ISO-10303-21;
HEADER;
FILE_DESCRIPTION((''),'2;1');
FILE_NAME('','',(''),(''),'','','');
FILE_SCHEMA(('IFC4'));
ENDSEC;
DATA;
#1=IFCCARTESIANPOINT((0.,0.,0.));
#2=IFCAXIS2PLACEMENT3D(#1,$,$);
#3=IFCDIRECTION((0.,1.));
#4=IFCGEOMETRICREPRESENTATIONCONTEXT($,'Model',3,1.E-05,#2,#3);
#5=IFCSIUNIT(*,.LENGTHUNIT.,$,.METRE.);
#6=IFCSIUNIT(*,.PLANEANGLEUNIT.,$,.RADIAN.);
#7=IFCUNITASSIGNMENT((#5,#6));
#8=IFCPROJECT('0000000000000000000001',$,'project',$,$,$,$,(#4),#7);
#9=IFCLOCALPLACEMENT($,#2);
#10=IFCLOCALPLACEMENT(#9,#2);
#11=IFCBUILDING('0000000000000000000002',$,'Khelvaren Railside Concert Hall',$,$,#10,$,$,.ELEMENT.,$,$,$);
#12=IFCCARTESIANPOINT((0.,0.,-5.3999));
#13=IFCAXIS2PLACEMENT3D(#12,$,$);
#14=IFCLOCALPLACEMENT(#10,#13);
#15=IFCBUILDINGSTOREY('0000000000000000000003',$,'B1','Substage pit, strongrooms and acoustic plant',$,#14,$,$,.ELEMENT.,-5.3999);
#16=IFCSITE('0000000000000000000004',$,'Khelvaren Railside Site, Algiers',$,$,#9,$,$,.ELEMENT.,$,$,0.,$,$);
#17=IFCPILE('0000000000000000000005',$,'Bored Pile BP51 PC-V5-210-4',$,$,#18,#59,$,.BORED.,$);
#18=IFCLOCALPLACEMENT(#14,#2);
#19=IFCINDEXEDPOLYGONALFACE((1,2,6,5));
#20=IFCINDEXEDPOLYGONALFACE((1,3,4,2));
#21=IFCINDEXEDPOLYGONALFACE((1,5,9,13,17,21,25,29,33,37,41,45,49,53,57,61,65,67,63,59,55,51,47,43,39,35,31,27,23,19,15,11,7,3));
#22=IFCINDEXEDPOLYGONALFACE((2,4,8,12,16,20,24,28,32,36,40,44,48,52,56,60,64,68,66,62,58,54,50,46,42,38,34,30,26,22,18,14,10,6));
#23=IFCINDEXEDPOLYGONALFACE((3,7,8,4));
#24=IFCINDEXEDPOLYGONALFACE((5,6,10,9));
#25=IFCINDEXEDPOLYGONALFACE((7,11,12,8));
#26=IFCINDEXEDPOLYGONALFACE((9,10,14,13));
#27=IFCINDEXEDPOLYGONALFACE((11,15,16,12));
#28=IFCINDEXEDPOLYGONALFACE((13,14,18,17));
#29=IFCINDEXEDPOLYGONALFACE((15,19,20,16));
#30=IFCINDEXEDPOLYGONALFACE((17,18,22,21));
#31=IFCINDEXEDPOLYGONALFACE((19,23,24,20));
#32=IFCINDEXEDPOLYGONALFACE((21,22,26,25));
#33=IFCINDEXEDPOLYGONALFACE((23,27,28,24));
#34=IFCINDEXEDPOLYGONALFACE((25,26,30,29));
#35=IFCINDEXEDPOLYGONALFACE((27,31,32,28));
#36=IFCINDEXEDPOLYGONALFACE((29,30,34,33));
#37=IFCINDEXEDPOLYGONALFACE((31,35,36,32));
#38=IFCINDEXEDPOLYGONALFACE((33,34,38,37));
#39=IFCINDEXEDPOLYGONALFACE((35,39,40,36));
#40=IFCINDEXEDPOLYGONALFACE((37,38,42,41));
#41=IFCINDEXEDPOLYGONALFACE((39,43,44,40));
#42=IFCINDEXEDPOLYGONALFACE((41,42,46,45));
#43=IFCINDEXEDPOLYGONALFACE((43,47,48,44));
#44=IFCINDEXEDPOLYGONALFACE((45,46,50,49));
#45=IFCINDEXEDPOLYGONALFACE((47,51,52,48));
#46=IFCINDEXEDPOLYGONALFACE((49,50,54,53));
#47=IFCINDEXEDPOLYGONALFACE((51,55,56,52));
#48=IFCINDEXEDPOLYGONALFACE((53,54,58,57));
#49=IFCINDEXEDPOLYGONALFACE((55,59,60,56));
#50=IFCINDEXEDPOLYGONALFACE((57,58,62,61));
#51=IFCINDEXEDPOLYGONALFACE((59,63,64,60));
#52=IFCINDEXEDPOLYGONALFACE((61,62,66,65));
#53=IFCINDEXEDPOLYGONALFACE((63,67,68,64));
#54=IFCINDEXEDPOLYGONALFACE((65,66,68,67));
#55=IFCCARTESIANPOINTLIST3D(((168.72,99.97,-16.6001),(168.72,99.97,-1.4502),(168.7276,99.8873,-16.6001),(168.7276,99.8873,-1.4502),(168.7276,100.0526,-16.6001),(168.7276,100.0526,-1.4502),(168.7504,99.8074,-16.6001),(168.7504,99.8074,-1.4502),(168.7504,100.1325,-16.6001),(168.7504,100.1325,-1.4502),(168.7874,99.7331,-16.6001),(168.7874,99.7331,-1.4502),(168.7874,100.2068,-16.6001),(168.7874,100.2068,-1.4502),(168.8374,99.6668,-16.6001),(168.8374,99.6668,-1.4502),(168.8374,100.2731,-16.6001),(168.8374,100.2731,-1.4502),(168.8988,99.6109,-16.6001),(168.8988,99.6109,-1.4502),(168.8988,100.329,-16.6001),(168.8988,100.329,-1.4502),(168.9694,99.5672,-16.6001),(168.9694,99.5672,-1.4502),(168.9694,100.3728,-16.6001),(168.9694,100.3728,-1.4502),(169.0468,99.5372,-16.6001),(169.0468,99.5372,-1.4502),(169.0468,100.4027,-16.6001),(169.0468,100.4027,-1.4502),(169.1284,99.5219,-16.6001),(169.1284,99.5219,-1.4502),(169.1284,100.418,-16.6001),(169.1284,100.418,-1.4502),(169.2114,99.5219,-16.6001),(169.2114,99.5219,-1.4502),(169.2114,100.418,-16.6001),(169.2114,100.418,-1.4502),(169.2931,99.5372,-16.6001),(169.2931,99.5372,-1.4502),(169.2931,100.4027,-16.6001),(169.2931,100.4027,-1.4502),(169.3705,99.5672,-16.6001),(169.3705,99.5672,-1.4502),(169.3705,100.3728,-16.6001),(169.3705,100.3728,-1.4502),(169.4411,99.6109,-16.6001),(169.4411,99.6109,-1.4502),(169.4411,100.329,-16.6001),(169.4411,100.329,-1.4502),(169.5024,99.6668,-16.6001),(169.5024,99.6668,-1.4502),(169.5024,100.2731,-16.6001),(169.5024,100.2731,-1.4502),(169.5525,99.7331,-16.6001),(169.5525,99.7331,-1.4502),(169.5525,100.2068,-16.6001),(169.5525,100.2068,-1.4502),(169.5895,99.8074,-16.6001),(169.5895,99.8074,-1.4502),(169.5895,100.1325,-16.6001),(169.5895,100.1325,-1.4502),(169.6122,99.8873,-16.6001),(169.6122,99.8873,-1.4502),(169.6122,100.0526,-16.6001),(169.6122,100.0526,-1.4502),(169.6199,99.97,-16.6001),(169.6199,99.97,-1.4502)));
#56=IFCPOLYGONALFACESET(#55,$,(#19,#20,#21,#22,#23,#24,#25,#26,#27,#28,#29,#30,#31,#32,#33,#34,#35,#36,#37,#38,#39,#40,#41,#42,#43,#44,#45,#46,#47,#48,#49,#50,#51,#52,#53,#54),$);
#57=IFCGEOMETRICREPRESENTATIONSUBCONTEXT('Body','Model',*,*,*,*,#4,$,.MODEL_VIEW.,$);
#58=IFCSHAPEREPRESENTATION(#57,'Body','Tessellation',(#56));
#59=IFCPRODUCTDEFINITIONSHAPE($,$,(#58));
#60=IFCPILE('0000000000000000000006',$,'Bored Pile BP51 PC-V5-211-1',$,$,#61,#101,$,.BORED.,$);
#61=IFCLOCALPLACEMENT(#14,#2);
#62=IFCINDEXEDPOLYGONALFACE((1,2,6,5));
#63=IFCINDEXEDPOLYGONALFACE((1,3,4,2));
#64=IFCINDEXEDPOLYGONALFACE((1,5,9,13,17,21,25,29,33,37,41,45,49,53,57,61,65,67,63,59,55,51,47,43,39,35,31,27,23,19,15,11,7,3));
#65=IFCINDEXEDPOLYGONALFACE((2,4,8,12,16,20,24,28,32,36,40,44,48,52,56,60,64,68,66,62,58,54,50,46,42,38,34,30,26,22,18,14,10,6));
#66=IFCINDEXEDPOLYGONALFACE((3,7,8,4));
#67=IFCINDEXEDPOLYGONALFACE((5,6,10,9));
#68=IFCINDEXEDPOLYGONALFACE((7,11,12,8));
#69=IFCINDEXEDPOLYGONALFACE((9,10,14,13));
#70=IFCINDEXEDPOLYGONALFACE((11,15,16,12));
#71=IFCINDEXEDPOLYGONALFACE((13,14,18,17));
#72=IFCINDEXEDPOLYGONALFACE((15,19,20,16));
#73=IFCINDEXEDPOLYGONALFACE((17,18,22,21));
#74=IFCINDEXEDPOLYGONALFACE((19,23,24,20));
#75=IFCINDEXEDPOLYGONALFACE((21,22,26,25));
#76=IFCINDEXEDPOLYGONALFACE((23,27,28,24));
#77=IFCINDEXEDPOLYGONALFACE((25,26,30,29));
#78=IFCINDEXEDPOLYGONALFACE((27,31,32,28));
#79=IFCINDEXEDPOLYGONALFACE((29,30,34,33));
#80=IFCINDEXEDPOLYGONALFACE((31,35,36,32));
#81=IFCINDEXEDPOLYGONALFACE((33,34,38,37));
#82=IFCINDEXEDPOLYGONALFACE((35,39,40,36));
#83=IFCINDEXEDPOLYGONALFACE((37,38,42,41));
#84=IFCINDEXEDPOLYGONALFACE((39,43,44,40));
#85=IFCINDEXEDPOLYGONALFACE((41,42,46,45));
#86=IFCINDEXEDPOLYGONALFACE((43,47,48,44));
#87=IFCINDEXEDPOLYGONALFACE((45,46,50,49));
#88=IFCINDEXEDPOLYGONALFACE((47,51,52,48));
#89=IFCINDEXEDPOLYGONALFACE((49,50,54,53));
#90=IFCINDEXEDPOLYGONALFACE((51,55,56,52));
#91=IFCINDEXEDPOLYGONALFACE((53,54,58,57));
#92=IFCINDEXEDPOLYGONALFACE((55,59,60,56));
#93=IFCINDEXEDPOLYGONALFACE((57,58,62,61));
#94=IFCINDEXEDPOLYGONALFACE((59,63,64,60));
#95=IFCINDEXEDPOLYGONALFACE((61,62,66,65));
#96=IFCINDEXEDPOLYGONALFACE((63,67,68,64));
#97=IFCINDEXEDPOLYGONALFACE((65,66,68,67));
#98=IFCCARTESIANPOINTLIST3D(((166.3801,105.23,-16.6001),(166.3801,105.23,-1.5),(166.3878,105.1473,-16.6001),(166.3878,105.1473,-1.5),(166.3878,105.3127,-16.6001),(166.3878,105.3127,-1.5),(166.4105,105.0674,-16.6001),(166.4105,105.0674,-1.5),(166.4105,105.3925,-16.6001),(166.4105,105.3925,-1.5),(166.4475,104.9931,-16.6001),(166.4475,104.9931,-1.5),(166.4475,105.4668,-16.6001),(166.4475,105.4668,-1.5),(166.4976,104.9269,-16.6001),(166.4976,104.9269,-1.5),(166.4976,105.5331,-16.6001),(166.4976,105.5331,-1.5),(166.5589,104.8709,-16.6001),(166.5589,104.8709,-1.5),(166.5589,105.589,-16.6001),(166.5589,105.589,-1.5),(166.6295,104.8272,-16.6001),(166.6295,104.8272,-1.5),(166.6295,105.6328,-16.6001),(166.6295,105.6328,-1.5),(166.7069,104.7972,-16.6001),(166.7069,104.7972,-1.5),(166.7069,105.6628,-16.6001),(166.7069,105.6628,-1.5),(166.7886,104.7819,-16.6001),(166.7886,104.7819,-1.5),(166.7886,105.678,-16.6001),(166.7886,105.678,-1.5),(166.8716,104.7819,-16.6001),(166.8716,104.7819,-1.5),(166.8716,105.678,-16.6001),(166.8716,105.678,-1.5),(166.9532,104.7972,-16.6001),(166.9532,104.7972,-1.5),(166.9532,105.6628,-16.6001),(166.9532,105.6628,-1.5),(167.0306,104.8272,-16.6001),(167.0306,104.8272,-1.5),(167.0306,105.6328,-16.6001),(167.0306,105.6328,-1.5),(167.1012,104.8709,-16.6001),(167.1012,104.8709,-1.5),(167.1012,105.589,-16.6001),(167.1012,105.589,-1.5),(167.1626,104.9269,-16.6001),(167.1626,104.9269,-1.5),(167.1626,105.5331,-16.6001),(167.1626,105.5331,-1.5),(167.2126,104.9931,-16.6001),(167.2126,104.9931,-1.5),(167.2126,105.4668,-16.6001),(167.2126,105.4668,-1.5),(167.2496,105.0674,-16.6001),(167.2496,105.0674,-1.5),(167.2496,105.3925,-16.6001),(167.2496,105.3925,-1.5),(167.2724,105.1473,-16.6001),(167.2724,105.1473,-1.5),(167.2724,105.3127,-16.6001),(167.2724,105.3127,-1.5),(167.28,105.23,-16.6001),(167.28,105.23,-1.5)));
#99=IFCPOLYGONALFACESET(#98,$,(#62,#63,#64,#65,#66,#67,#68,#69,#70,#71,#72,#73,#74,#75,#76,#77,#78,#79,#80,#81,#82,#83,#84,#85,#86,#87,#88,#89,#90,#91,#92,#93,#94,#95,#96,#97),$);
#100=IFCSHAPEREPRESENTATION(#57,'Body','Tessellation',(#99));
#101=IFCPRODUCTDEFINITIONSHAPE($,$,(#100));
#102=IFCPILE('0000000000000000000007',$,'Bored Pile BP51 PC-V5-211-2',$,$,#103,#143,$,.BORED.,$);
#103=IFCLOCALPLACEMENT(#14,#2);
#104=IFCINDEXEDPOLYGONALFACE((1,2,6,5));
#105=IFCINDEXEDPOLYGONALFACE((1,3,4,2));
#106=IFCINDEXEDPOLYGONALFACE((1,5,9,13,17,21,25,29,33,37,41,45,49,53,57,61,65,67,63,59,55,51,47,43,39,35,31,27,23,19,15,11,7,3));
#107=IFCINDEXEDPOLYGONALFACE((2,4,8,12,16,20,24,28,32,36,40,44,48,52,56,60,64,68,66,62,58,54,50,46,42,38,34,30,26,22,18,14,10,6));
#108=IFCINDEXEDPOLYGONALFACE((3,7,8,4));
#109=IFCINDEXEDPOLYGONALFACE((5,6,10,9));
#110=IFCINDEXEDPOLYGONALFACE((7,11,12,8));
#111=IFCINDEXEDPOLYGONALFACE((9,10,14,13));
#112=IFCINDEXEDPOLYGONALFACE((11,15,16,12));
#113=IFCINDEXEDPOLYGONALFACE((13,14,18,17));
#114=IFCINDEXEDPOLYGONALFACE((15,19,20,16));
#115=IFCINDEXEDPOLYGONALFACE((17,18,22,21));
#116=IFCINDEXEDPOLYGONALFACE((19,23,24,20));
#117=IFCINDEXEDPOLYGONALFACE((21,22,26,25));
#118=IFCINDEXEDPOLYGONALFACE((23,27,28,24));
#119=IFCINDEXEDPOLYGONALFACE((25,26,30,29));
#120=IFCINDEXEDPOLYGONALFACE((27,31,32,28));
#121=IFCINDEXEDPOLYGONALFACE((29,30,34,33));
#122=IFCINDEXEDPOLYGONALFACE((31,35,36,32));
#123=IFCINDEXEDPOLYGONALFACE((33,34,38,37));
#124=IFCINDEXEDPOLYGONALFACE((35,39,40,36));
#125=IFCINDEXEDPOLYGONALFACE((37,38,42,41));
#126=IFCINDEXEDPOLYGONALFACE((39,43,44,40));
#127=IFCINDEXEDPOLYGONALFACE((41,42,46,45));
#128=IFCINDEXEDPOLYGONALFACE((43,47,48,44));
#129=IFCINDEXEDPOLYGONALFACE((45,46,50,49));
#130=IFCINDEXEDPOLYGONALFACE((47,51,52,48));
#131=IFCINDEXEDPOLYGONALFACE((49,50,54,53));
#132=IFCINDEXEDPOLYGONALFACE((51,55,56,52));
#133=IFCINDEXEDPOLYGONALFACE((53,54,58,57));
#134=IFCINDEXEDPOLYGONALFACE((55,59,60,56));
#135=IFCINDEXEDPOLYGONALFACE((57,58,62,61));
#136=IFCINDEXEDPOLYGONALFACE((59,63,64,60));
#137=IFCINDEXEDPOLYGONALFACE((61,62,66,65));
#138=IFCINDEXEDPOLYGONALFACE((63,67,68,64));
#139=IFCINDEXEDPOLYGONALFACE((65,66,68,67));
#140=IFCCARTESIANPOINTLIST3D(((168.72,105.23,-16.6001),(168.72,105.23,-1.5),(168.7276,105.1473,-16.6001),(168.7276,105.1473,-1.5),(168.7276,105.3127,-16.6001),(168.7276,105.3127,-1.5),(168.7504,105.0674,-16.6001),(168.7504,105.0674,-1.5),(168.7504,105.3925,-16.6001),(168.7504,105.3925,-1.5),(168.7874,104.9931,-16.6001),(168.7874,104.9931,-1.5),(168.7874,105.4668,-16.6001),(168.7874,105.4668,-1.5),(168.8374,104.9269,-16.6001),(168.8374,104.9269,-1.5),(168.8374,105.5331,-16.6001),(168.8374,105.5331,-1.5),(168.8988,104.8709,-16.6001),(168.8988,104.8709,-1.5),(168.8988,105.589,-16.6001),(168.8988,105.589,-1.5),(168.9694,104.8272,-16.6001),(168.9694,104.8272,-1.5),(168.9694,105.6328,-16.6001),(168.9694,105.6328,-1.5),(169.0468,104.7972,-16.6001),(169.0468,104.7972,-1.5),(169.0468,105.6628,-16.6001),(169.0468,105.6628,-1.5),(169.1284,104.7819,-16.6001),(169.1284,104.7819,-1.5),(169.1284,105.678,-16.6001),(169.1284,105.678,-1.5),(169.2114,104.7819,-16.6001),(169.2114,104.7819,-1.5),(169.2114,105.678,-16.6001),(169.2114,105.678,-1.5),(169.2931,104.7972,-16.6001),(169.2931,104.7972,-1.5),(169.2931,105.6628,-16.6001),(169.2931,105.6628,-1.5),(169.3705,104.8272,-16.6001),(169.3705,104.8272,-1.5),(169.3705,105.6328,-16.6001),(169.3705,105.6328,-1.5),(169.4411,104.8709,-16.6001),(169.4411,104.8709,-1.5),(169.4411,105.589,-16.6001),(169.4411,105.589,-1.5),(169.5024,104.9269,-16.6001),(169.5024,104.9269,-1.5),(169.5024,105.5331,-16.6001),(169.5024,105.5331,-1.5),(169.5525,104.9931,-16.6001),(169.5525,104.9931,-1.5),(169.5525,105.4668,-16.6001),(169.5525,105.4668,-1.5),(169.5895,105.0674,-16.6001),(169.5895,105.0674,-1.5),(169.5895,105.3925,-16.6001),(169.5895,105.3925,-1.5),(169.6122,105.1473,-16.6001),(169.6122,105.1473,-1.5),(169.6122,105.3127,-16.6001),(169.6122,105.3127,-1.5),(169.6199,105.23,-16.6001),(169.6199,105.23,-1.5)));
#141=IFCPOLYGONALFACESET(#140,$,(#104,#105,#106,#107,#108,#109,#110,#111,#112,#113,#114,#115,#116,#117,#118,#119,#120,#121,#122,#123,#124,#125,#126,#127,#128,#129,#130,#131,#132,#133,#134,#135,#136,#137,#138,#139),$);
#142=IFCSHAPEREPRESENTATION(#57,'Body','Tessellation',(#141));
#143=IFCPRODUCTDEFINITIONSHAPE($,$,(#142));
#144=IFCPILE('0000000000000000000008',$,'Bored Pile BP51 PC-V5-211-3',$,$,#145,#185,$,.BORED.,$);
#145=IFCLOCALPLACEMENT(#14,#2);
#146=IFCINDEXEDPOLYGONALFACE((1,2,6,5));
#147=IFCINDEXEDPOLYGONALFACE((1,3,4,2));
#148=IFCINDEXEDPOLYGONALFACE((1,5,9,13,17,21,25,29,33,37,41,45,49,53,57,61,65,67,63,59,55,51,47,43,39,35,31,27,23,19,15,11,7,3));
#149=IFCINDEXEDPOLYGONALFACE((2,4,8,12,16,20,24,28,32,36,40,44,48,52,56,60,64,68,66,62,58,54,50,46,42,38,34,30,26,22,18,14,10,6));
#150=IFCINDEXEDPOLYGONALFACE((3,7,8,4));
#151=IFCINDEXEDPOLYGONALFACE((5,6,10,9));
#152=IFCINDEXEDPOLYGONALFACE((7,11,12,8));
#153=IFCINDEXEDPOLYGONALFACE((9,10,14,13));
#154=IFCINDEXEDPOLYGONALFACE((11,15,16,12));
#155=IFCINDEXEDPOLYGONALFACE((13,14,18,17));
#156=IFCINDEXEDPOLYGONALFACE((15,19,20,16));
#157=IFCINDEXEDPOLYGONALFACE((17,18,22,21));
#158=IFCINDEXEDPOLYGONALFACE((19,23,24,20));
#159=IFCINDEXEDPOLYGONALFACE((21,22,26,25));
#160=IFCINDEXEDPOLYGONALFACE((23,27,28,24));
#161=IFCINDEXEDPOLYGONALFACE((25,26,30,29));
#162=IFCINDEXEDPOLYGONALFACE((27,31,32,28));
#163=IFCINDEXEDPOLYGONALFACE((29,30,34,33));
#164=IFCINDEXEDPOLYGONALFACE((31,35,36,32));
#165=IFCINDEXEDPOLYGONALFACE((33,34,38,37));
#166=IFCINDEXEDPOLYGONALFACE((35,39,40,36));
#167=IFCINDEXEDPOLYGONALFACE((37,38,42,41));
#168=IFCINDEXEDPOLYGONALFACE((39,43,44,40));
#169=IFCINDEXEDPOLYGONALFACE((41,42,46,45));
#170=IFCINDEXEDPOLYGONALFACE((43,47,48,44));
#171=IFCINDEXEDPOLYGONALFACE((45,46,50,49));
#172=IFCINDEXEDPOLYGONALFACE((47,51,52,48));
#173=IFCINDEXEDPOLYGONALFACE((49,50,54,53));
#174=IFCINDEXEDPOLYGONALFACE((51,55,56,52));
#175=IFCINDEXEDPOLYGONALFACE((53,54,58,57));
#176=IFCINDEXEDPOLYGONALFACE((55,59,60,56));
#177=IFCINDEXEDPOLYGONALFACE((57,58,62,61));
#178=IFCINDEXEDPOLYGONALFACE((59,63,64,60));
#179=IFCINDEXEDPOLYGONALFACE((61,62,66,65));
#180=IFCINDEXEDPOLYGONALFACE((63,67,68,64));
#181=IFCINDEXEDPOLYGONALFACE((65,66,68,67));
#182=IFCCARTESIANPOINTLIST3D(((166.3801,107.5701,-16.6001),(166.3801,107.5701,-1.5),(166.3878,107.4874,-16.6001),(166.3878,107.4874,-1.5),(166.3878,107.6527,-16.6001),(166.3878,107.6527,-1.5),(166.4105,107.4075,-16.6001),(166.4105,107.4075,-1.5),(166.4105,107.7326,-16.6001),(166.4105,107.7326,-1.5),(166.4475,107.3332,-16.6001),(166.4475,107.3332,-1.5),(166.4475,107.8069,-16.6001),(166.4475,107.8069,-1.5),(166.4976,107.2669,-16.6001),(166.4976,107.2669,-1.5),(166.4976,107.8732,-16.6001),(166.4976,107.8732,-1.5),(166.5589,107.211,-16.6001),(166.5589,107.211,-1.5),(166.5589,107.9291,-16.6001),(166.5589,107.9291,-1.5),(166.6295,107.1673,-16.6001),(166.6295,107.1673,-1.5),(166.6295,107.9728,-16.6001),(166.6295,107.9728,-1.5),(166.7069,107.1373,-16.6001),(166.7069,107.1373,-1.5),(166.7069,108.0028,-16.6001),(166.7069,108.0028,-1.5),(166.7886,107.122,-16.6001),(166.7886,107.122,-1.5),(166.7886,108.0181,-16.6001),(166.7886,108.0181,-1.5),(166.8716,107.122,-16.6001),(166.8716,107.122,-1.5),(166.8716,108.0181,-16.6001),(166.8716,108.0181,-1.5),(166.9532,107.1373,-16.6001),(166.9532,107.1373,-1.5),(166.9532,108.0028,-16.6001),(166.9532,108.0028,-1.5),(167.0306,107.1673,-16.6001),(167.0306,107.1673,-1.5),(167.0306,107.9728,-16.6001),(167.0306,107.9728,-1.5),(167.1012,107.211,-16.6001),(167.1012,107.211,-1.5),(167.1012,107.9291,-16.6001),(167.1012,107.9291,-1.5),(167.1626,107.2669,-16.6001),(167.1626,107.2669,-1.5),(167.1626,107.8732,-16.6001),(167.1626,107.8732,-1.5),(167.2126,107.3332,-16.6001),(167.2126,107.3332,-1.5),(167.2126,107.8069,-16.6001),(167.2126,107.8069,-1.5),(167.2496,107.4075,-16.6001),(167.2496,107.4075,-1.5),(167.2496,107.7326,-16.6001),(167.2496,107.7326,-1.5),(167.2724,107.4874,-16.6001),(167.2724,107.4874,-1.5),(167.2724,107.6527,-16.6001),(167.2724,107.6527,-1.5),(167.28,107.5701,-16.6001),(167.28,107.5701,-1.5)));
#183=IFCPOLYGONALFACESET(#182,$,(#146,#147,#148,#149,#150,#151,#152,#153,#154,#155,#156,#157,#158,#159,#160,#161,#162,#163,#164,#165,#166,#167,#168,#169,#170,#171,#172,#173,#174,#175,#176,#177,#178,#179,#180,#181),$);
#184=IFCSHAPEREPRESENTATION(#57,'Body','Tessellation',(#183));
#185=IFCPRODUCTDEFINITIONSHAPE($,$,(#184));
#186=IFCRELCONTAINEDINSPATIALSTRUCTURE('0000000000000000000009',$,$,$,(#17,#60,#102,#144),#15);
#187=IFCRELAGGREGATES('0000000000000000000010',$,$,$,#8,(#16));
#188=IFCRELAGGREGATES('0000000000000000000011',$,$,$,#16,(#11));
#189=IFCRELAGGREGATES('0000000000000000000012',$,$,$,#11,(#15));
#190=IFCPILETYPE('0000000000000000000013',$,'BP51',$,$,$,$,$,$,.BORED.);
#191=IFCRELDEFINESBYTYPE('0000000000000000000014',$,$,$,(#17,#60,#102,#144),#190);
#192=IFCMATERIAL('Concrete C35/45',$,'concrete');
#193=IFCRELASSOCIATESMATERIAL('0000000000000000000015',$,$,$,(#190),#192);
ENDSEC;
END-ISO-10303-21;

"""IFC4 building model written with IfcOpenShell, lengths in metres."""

from ifc_helpers import new_model, si_unit, direction, frame, origin, origin_2d, place, context, subcontext, project, spatial, circle, extrude, material, material_profile, profile_set, type_object, element, save


model = new_model("IFC4")

# Units and contexts
model_context = context("Model", 3, precision=1e-05, world=origin(), true_north=direction((0.0, 1.0)))
body_context = subcontext(model_context, "Body", "Model", "MODEL_VIEW")
ifc_project = project(units=[si_unit("LENGTHUNIT", "METRE"), si_unit("PLANEANGLEUNIT", "RADIAN")], contexts=[model_context])

# Site, building, storey
site_placement = place(None, origin())
site = spatial("IfcSite", under=ifc_project, at=site_placement, Name="Khelvaren Railside Site, Algiers", CompositionType="ELEMENT", RefElevation=0.0)
building_placement = place(site_placement, origin())
building = spatial("IfcBuilding", under=site, at=building_placement, Name="Khelvaren Railside Concert Hall", CompositionType="ELEMENT")
storey_placement = place(building_placement, frame((0.0, 0.0, -5.3999)))
storey = spatial("IfcBuildingStorey", under=building, at=storey_placement, Name="B1", Description="Substage pit, strongrooms and acoustic plant", CompositionType="ELEMENT", Elevation=-5.3999)

# Piles
ifc_material_1 = material(Name="Concrete C35/45", Category="concrete")
ifc_material_profile_1 = material_profile(ifc_material_1, circle(Radius=0.45, at=origin_2d()), Name="BP D900")
ifc_profile_set_1 = profile_set([ifc_material_profile_1], Name="Concrete C35/45")
pile_type_1 = type_object("IfcPileType", Name="BP51", PredefinedType="BORED", material=ifc_profile_set_1)
for number, where, z_axis, x_axis, name in (
    (1, (169.1699, 99.97, -1.4502), (0.0, 0.0, -1.0), (1.0, 0.0, 0.0), "Bored Pile BP51 PC-V5-210-4"),
):
    element("IfcPile", number, at=place(storey_placement, frame(where, z_axis=z_axis, x_axis=x_axis)), inside=storey, type_object=pile_type_1, Name=name, PredefinedType="BORED", context=body_context, shape_type="SweptSolid", body=[
        extrude(circle(Radius=0.45, at=origin_2d()), origin(), (0.0, 0.0, 1.0), 15.1499),
    ])
for number, where, z_axis, x_axis, name in (
    (2, (166.8301, 105.23, -1.5), (0.0, 0.0, -1.0), (1.0, 0.0, 0.0), "Bored Pile BP51 PC-V5-211-1"),
    (3, (169.1699, 105.23, -1.5), (0.0, 0.0, -1.0), (1.0, 0.0, 0.0), "Bored Pile BP51 PC-V5-211-2"),
    (4, (166.8301, 107.5701, -1.5), (0.0, 0.0, -1.0), (1.0, 0.0, 0.0), "Bored Pile BP51 PC-V5-211-3"),
):
    element("IfcPile", number, at=place(storey_placement, frame(where, z_axis=z_axis, x_axis=x_axis)), inside=storey, type_object=pile_type_1, Name=name, PredefinedType="BORED", context=body_context, shape_type="SweptSolid", body=[
        extrude(circle(Radius=0.45, at=origin_2d()), origin(), (0.0, 0.0, 1.0), 15.1001),
    ])

save(model, "model.ifc")
